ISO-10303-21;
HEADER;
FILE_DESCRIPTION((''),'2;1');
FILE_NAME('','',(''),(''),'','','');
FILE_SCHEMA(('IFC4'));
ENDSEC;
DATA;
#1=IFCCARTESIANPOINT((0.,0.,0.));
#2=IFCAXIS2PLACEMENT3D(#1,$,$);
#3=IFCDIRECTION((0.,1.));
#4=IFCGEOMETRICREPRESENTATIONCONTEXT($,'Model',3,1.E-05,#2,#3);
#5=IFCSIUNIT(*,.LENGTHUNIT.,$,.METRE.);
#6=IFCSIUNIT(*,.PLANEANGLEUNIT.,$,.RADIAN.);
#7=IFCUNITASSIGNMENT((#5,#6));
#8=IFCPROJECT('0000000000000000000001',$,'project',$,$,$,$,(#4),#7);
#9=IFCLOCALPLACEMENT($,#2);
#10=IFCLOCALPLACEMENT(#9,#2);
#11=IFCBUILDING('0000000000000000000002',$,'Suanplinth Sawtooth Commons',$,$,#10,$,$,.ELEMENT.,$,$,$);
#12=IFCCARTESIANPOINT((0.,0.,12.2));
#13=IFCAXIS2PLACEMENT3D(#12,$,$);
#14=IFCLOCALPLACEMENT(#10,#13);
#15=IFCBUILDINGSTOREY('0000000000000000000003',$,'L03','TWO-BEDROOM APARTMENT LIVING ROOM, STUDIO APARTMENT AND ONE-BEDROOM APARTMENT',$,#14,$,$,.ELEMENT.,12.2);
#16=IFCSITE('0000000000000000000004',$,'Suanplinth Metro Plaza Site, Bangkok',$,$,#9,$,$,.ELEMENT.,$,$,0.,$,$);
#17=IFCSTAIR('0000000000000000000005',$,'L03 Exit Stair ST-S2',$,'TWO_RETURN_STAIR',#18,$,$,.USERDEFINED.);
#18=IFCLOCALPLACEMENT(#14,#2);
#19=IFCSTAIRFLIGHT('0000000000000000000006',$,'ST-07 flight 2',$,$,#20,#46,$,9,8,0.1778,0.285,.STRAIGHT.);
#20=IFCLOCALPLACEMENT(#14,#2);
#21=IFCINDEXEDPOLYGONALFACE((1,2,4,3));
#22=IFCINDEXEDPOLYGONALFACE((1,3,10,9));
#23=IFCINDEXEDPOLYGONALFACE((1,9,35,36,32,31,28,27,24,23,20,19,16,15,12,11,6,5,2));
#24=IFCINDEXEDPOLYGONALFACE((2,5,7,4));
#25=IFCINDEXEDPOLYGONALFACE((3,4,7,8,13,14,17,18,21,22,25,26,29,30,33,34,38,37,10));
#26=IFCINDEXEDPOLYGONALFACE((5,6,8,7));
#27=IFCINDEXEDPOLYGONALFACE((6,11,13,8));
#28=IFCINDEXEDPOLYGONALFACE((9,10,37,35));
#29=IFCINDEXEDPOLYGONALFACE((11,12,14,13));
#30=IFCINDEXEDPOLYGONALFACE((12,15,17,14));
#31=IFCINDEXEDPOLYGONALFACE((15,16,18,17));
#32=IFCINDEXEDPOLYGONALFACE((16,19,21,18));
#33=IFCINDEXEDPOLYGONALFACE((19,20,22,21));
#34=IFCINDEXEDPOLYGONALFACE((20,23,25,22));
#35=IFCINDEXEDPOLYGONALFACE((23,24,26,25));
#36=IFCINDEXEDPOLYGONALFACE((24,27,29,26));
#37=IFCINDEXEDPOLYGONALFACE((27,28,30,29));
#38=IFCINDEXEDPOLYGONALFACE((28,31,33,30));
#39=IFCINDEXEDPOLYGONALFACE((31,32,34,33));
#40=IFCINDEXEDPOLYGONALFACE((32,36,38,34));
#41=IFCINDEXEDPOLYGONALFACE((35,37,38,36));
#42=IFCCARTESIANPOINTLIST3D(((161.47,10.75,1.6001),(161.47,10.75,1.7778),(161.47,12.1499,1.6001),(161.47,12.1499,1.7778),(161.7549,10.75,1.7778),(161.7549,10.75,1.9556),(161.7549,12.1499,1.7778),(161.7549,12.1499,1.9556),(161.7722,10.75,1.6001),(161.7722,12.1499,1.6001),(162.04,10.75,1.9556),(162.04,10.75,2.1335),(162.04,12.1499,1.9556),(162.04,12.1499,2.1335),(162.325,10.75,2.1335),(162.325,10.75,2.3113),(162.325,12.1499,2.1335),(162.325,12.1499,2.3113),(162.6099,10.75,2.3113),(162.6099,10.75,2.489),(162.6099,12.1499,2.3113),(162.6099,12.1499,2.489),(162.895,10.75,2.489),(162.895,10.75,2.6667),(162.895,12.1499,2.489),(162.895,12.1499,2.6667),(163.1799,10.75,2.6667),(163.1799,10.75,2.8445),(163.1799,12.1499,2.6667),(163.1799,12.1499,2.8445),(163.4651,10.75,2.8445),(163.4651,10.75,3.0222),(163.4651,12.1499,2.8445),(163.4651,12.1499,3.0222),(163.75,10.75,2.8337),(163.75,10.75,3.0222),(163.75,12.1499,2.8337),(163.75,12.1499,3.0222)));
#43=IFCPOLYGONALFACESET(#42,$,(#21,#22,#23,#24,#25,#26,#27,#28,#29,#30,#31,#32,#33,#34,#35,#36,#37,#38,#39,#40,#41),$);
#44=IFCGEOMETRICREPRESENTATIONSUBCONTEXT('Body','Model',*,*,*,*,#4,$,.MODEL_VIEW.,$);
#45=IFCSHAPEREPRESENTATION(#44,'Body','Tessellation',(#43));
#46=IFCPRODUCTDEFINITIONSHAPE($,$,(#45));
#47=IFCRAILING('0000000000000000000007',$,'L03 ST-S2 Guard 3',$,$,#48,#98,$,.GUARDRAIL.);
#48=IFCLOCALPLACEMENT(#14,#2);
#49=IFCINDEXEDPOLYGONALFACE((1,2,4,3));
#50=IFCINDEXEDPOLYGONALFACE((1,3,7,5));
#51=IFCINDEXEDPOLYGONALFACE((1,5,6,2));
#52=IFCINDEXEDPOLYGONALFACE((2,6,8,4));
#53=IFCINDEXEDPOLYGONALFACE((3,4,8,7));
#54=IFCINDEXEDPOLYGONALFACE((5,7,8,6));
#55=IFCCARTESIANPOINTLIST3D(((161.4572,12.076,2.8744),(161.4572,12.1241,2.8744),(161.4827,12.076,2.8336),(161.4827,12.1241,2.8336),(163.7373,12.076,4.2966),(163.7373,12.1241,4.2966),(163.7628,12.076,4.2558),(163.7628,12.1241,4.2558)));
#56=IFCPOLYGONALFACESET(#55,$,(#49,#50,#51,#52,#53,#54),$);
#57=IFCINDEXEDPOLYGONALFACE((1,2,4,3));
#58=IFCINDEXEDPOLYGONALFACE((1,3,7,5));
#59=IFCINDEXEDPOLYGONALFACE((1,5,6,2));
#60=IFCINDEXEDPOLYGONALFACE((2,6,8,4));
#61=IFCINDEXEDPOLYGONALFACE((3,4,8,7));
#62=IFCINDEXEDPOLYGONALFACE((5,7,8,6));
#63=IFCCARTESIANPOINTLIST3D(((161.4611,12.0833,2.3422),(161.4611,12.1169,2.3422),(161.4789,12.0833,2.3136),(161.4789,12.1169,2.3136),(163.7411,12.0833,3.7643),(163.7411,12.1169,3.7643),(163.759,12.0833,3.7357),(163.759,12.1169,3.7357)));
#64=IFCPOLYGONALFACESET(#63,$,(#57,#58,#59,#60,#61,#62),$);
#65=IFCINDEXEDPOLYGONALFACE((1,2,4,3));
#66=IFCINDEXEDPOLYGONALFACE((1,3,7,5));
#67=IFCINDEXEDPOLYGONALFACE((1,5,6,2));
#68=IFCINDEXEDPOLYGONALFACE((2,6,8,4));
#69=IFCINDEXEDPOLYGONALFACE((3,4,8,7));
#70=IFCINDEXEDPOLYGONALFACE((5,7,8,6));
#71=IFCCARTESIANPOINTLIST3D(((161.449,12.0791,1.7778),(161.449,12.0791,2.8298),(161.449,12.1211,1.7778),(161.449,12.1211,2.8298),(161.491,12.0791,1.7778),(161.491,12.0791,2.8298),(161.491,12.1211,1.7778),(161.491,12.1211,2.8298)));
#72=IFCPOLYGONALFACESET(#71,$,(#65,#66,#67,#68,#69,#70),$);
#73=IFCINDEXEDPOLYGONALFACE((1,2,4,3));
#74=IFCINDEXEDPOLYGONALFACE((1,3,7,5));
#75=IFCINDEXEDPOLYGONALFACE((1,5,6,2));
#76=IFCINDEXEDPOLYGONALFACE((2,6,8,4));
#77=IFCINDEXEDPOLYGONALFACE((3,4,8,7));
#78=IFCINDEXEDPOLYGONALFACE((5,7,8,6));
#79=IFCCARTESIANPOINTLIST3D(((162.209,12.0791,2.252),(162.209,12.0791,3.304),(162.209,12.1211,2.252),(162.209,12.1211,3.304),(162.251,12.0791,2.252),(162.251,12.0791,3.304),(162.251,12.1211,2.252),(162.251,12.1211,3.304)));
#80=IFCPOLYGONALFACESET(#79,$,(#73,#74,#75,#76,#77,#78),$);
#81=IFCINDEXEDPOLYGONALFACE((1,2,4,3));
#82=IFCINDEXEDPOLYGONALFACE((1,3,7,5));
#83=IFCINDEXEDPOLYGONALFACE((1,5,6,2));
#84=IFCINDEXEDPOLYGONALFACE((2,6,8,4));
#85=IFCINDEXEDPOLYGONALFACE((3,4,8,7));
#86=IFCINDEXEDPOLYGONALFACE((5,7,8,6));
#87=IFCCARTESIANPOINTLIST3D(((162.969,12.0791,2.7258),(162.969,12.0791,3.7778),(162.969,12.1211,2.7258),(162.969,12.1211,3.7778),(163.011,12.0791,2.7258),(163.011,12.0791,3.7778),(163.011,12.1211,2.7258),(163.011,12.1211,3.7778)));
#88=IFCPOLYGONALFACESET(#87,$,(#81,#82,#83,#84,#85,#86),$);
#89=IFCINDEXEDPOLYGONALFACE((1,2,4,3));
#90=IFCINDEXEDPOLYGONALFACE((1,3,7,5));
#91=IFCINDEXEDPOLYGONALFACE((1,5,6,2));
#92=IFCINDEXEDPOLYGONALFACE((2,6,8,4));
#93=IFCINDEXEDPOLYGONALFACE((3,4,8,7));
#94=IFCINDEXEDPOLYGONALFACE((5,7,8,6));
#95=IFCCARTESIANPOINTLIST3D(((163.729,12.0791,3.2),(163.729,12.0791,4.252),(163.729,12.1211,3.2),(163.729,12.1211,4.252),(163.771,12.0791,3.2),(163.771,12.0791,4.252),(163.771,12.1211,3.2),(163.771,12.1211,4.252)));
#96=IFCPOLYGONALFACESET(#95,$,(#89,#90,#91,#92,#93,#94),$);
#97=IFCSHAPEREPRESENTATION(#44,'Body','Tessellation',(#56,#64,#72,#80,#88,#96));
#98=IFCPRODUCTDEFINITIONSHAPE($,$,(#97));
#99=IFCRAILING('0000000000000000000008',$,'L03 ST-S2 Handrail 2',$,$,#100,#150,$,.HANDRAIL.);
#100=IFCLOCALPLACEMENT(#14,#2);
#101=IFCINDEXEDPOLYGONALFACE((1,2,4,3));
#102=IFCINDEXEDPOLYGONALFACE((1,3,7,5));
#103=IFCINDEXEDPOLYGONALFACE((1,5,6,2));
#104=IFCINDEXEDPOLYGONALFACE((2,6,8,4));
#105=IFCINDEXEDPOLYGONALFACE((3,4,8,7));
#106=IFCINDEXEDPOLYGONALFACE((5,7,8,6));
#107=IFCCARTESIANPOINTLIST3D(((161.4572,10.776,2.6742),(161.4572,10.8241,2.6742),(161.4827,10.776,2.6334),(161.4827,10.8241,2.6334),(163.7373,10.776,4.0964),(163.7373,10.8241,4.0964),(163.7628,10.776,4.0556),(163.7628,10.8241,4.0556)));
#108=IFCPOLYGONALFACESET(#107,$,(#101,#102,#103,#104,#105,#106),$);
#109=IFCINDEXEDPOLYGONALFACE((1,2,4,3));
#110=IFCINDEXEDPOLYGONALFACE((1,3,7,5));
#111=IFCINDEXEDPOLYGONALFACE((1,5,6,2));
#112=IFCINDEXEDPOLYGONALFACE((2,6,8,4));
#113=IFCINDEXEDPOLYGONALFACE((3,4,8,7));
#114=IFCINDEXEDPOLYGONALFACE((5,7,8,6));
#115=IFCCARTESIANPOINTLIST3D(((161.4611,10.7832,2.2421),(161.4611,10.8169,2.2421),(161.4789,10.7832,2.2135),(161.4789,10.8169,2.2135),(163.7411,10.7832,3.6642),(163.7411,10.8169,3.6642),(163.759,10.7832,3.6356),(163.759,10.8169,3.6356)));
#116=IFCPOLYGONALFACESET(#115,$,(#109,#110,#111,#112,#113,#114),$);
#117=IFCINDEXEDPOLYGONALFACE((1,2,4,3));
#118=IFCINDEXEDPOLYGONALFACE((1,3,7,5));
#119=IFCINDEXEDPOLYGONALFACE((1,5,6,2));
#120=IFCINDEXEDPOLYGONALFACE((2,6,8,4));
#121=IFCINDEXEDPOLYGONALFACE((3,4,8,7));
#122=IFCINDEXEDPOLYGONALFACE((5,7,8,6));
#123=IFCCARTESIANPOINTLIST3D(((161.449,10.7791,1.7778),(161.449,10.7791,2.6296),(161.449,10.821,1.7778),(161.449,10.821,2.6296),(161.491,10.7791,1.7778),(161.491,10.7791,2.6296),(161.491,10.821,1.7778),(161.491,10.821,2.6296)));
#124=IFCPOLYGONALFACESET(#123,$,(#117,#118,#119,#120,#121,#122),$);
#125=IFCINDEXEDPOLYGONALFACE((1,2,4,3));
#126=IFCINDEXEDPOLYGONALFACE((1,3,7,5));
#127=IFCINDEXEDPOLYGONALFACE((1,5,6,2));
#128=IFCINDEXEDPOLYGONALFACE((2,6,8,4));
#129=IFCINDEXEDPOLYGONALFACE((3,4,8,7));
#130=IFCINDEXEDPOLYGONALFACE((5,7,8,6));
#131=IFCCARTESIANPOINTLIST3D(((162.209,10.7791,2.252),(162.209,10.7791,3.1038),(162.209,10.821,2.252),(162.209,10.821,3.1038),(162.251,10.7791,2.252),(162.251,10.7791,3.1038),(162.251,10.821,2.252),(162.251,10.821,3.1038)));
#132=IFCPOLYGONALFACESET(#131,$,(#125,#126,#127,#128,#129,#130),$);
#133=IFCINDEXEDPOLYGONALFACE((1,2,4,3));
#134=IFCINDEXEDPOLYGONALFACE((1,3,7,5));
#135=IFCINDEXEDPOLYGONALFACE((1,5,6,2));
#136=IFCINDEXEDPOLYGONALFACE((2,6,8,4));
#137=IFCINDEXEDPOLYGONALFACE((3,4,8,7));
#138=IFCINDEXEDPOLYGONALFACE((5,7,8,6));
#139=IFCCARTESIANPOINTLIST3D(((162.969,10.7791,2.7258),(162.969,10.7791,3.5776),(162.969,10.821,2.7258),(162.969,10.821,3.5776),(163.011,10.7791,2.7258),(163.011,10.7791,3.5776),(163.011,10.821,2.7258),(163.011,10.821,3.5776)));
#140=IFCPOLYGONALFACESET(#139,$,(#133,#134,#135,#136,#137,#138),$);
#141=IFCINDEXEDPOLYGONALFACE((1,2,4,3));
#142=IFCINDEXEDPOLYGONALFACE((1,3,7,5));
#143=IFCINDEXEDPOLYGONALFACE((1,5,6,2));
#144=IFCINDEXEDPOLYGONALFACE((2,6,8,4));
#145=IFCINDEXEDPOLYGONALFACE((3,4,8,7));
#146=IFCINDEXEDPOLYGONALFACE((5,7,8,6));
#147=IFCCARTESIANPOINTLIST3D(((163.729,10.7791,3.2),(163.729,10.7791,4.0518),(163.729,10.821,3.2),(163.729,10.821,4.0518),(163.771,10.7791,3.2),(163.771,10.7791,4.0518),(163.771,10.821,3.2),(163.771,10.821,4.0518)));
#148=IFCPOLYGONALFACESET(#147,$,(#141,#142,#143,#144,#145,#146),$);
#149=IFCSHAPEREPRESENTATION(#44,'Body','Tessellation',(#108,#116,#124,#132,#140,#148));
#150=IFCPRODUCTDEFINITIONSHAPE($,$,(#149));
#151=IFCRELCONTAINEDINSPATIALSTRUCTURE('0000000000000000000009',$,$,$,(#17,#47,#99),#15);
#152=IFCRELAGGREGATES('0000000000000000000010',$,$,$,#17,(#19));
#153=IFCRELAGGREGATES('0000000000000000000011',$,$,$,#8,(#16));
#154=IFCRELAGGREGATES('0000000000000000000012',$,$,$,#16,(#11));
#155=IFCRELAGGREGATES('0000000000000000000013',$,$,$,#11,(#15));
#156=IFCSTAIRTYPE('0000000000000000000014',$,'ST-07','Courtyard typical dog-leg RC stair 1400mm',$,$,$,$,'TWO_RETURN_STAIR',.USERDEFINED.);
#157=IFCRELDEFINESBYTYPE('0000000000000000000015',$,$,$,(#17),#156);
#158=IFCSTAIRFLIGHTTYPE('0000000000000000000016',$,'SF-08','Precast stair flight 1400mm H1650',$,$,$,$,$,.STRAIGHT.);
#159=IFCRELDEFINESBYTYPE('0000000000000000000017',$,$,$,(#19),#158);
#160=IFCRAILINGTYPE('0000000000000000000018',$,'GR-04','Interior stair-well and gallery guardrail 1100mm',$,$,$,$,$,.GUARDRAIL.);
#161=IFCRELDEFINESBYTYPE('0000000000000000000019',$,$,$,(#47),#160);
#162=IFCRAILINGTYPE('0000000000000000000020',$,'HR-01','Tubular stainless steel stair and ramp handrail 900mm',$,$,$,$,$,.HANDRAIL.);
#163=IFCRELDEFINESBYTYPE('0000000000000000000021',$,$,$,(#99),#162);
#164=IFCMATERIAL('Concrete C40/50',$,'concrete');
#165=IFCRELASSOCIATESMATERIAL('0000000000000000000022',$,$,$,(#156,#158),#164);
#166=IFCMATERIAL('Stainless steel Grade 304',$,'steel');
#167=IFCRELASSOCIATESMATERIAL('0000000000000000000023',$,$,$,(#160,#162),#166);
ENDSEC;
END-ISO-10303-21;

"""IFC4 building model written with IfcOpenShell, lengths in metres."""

from ifc_helpers import new_model, si_unit, direction, frame, origin, origin_2d, place, context, subcontext, project, spatial, polyline, rectangle, outline, extrude, material, type_object, element, aggregate, save


model = new_model("IFC4")

# Units and contexts
model_context = context("Model", 3, precision=1e-05, world=origin(), true_north=direction((0.0, 1.0)))
body_context = subcontext(model_context, "Body", "Model", "MODEL_VIEW")
ifc_project = project(units=[si_unit("LENGTHUNIT", "METRE"), si_unit("PLANEANGLEUNIT", "RADIAN")], contexts=[model_context])

# Site, building, storey
site_placement = place(None, origin())
site = spatial("IfcSite", under=ifc_project, at=site_placement, Name="Suanplinth Metro Plaza Site, Bangkok", CompositionType="ELEMENT", RefElevation=0.0)
building_placement = place(site_placement, origin())
building = spatial("IfcBuilding", under=site, at=building_placement, Name="Suanplinth Sawtooth Commons", CompositionType="ELEMENT")
storey_placement = place(building_placement, frame((0.0, 0.0, 12.2)))
storey = spatial("IfcBuildingStorey", under=building, at=storey_placement, Name="L03", Description="TWO-BEDROOM APARTMENT LIVING ROOM, STUDIO APARTMENT AND ONE-BEDROOM APARTMENT", CompositionType="ELEMENT", Elevation=12.2)

# Shared definitions
ifc_material_1 = material(Name="Concrete C40/50", Category="concrete")

# Stair, stair flight
stair_type = type_object("IfcStairType", Name="ST-07", Description="Courtyard typical dog-leg RC stair 1400mm", ElementType="TWO_RETURN_STAIR", PredefinedType="USERDEFINED", material=ifc_material_1)
stair_placement = place(storey_placement, origin())
stair = element("IfcStair", 1, at=stair_placement, inside=storey, type_object=stair_type, Name="L03 Exit Stair ST-S2", ObjectType="TWO_RETURN_STAIR", PredefinedType="USERDEFINED")
stair_flight_type = type_object("IfcStairFlightType", Name="SF-08", Description="Precast stair flight 1400mm H1650", PredefinedType="STRAIGHT", material=ifc_material_1)
stair_flight_placement = place(storey_placement, frame((161.47, 11.45, 1.6001), z_axis=(0.0, 0.0, 1.0), x_axis=(1.0, 0.0, 0.0)))
stair_flight = element("IfcStairFlight", 2, at=stair_flight_placement, type_object=stair_flight_type, Name="ST-07 flight 2", NumberOfRisers=9, NumberOfTreads=8, PredefinedType="STRAIGHT", RiserHeight=0.1778, TreadLength=0.285, context=body_context, shape_type="SweptSolid", body=[
    extrude(outline(polyline([(0.0, 0.0), (0.0, 0.1777), (0.2849, 0.1777), (0.2849, 0.3555), (0.5701, 0.3555), (0.5701, 0.5334), (0.855, 0.5334), (0.855, 0.7112), (1.1399, 0.7112), (1.1399, 0.8889), (1.425, 0.8889), (1.425, 1.0667), (1.71, 1.0667), (1.71, 1.2444), (1.9951, 1.2444), (1.9951, 1.4221), (2.28, 1.4221), (2.28, 1.6001), (2.28, 1.2336), (0.3022, 0.0), (0.0, 0.0)])), frame((0.0, 0.7, 0.0), z_axis=(0.0, -1.0, 0.0), x_axis=(1.0, 0.0, 0.0)), (0.0, 0.0, 1.0), 1.3999),
])
aggregate(stair, [stair_flight])

# Railings
ifc_material_2 = material(Name="Stainless steel Grade 304", Category="steel")
railing_type_1 = type_object("IfcRailingType", Name="GR-04", Description="Interior stair-well and gallery guardrail 1100mm", PredefinedType="GUARDRAIL", material=ifc_material_2)
railing_1_placement = place(storey_placement, frame((161.47, 12.1001, 1.7778)))
element("IfcRailing", 3, at=railing_1_placement, inside=storey, type_object=railing_type_1, Name="L03 ST-S2 Guard 3", PredefinedType="GUARDRAIL", context=body_context, shape_type="SweptSolid", body=[
    extrude(rectangle(XDim=0.0481, YDim=0.0481, at=origin_2d()), frame((0.0, 0.0, 1.0762), z_axis=(0.848483, 0.0, 0.529223), x_axis=(0.0, 1.0, 0.0)), (0.0, 0.0, 1.0), 2.6873),
    extrude(rectangle(XDim=0.0337, YDim=0.0337, at=origin_2d()), frame((0.0, 0.0, 0.55), z_axis=(0.848483, 0.0, 0.529223), x_axis=(0.0, 1.0, 0.0)), (0.0, 0.0, 1.0), 2.6873),
    extrude(rectangle(XDim=0.042, YDim=0.042, at=origin_2d()), origin(), (0.0, 0.0, 1.0), 1.052),
    extrude(rectangle(XDim=0.042, YDim=0.042, at=origin_2d()), frame((0.76, 0.0, 0.4741)), (0.0, 0.0, 1.0), 1.052),
    extrude(rectangle(XDim=0.042, YDim=0.042, at=origin_2d()), frame((1.52, 0.0, 0.948)), (0.0, 0.0, 1.0), 1.052),
    extrude(rectangle(XDim=0.042, YDim=0.042, at=origin_2d()), frame((2.28, 0.0, 1.4221)), (0.0, 0.0, 1.0), 1.052),
])
railing_type_2 = type_object("IfcRailingType", Name="HR-01", Description="Tubular stainless steel stair and ramp handrail 900mm", PredefinedType="HANDRAIL", material=ifc_material_2)
railing_2_placement = place(storey_placement, frame((161.47, 10.8, 1.7778)))
element("IfcRailing", 4, at=railing_2_placement, inside=storey, type_object=railing_type_2, Name="L03 ST-S2 Handrail 2", PredefinedType="HANDRAIL", context=body_context, shape_type="SweptSolid", body=[
    extrude(rectangle(XDim=0.0481, YDim=0.0481, at=origin_2d()), frame((0.0, 0.0, 0.876), z_axis=(0.848483, 0.0, 0.529223), x_axis=(0.0, 1.0, 0.0)), (0.0, 0.0, 1.0), 2.6873),
    extrude(rectangle(XDim=0.0337, YDim=0.0337, at=origin_2d()), frame((0.0, 0.0, 0.45), z_axis=(0.848483, 0.0, 0.529223), x_axis=(0.0, 1.0, 0.0)), (0.0, 0.0, 1.0), 2.6873),
    extrude(rectangle(XDim=0.042, YDim=0.042, at=origin_2d()), origin(), (0.0, 0.0, 1.0), 0.8518),
    extrude(rectangle(XDim=0.042, YDim=0.042, at=origin_2d()), frame((0.76, 0.0, 0.4741)), (0.0, 0.0, 1.0), 0.8518),
    extrude(rectangle(XDim=0.042, YDim=0.042, at=origin_2d()), frame((1.52, 0.0, 0.948)), (0.0, 0.0, 1.0), 0.8518),
    extrude(rectangle(XDim=0.042, YDim=0.042, at=origin_2d()), frame((2.28, 0.0, 1.4221)), (0.0, 0.0, 1.0), 0.8518),
])

save(model, "model.ifc")
